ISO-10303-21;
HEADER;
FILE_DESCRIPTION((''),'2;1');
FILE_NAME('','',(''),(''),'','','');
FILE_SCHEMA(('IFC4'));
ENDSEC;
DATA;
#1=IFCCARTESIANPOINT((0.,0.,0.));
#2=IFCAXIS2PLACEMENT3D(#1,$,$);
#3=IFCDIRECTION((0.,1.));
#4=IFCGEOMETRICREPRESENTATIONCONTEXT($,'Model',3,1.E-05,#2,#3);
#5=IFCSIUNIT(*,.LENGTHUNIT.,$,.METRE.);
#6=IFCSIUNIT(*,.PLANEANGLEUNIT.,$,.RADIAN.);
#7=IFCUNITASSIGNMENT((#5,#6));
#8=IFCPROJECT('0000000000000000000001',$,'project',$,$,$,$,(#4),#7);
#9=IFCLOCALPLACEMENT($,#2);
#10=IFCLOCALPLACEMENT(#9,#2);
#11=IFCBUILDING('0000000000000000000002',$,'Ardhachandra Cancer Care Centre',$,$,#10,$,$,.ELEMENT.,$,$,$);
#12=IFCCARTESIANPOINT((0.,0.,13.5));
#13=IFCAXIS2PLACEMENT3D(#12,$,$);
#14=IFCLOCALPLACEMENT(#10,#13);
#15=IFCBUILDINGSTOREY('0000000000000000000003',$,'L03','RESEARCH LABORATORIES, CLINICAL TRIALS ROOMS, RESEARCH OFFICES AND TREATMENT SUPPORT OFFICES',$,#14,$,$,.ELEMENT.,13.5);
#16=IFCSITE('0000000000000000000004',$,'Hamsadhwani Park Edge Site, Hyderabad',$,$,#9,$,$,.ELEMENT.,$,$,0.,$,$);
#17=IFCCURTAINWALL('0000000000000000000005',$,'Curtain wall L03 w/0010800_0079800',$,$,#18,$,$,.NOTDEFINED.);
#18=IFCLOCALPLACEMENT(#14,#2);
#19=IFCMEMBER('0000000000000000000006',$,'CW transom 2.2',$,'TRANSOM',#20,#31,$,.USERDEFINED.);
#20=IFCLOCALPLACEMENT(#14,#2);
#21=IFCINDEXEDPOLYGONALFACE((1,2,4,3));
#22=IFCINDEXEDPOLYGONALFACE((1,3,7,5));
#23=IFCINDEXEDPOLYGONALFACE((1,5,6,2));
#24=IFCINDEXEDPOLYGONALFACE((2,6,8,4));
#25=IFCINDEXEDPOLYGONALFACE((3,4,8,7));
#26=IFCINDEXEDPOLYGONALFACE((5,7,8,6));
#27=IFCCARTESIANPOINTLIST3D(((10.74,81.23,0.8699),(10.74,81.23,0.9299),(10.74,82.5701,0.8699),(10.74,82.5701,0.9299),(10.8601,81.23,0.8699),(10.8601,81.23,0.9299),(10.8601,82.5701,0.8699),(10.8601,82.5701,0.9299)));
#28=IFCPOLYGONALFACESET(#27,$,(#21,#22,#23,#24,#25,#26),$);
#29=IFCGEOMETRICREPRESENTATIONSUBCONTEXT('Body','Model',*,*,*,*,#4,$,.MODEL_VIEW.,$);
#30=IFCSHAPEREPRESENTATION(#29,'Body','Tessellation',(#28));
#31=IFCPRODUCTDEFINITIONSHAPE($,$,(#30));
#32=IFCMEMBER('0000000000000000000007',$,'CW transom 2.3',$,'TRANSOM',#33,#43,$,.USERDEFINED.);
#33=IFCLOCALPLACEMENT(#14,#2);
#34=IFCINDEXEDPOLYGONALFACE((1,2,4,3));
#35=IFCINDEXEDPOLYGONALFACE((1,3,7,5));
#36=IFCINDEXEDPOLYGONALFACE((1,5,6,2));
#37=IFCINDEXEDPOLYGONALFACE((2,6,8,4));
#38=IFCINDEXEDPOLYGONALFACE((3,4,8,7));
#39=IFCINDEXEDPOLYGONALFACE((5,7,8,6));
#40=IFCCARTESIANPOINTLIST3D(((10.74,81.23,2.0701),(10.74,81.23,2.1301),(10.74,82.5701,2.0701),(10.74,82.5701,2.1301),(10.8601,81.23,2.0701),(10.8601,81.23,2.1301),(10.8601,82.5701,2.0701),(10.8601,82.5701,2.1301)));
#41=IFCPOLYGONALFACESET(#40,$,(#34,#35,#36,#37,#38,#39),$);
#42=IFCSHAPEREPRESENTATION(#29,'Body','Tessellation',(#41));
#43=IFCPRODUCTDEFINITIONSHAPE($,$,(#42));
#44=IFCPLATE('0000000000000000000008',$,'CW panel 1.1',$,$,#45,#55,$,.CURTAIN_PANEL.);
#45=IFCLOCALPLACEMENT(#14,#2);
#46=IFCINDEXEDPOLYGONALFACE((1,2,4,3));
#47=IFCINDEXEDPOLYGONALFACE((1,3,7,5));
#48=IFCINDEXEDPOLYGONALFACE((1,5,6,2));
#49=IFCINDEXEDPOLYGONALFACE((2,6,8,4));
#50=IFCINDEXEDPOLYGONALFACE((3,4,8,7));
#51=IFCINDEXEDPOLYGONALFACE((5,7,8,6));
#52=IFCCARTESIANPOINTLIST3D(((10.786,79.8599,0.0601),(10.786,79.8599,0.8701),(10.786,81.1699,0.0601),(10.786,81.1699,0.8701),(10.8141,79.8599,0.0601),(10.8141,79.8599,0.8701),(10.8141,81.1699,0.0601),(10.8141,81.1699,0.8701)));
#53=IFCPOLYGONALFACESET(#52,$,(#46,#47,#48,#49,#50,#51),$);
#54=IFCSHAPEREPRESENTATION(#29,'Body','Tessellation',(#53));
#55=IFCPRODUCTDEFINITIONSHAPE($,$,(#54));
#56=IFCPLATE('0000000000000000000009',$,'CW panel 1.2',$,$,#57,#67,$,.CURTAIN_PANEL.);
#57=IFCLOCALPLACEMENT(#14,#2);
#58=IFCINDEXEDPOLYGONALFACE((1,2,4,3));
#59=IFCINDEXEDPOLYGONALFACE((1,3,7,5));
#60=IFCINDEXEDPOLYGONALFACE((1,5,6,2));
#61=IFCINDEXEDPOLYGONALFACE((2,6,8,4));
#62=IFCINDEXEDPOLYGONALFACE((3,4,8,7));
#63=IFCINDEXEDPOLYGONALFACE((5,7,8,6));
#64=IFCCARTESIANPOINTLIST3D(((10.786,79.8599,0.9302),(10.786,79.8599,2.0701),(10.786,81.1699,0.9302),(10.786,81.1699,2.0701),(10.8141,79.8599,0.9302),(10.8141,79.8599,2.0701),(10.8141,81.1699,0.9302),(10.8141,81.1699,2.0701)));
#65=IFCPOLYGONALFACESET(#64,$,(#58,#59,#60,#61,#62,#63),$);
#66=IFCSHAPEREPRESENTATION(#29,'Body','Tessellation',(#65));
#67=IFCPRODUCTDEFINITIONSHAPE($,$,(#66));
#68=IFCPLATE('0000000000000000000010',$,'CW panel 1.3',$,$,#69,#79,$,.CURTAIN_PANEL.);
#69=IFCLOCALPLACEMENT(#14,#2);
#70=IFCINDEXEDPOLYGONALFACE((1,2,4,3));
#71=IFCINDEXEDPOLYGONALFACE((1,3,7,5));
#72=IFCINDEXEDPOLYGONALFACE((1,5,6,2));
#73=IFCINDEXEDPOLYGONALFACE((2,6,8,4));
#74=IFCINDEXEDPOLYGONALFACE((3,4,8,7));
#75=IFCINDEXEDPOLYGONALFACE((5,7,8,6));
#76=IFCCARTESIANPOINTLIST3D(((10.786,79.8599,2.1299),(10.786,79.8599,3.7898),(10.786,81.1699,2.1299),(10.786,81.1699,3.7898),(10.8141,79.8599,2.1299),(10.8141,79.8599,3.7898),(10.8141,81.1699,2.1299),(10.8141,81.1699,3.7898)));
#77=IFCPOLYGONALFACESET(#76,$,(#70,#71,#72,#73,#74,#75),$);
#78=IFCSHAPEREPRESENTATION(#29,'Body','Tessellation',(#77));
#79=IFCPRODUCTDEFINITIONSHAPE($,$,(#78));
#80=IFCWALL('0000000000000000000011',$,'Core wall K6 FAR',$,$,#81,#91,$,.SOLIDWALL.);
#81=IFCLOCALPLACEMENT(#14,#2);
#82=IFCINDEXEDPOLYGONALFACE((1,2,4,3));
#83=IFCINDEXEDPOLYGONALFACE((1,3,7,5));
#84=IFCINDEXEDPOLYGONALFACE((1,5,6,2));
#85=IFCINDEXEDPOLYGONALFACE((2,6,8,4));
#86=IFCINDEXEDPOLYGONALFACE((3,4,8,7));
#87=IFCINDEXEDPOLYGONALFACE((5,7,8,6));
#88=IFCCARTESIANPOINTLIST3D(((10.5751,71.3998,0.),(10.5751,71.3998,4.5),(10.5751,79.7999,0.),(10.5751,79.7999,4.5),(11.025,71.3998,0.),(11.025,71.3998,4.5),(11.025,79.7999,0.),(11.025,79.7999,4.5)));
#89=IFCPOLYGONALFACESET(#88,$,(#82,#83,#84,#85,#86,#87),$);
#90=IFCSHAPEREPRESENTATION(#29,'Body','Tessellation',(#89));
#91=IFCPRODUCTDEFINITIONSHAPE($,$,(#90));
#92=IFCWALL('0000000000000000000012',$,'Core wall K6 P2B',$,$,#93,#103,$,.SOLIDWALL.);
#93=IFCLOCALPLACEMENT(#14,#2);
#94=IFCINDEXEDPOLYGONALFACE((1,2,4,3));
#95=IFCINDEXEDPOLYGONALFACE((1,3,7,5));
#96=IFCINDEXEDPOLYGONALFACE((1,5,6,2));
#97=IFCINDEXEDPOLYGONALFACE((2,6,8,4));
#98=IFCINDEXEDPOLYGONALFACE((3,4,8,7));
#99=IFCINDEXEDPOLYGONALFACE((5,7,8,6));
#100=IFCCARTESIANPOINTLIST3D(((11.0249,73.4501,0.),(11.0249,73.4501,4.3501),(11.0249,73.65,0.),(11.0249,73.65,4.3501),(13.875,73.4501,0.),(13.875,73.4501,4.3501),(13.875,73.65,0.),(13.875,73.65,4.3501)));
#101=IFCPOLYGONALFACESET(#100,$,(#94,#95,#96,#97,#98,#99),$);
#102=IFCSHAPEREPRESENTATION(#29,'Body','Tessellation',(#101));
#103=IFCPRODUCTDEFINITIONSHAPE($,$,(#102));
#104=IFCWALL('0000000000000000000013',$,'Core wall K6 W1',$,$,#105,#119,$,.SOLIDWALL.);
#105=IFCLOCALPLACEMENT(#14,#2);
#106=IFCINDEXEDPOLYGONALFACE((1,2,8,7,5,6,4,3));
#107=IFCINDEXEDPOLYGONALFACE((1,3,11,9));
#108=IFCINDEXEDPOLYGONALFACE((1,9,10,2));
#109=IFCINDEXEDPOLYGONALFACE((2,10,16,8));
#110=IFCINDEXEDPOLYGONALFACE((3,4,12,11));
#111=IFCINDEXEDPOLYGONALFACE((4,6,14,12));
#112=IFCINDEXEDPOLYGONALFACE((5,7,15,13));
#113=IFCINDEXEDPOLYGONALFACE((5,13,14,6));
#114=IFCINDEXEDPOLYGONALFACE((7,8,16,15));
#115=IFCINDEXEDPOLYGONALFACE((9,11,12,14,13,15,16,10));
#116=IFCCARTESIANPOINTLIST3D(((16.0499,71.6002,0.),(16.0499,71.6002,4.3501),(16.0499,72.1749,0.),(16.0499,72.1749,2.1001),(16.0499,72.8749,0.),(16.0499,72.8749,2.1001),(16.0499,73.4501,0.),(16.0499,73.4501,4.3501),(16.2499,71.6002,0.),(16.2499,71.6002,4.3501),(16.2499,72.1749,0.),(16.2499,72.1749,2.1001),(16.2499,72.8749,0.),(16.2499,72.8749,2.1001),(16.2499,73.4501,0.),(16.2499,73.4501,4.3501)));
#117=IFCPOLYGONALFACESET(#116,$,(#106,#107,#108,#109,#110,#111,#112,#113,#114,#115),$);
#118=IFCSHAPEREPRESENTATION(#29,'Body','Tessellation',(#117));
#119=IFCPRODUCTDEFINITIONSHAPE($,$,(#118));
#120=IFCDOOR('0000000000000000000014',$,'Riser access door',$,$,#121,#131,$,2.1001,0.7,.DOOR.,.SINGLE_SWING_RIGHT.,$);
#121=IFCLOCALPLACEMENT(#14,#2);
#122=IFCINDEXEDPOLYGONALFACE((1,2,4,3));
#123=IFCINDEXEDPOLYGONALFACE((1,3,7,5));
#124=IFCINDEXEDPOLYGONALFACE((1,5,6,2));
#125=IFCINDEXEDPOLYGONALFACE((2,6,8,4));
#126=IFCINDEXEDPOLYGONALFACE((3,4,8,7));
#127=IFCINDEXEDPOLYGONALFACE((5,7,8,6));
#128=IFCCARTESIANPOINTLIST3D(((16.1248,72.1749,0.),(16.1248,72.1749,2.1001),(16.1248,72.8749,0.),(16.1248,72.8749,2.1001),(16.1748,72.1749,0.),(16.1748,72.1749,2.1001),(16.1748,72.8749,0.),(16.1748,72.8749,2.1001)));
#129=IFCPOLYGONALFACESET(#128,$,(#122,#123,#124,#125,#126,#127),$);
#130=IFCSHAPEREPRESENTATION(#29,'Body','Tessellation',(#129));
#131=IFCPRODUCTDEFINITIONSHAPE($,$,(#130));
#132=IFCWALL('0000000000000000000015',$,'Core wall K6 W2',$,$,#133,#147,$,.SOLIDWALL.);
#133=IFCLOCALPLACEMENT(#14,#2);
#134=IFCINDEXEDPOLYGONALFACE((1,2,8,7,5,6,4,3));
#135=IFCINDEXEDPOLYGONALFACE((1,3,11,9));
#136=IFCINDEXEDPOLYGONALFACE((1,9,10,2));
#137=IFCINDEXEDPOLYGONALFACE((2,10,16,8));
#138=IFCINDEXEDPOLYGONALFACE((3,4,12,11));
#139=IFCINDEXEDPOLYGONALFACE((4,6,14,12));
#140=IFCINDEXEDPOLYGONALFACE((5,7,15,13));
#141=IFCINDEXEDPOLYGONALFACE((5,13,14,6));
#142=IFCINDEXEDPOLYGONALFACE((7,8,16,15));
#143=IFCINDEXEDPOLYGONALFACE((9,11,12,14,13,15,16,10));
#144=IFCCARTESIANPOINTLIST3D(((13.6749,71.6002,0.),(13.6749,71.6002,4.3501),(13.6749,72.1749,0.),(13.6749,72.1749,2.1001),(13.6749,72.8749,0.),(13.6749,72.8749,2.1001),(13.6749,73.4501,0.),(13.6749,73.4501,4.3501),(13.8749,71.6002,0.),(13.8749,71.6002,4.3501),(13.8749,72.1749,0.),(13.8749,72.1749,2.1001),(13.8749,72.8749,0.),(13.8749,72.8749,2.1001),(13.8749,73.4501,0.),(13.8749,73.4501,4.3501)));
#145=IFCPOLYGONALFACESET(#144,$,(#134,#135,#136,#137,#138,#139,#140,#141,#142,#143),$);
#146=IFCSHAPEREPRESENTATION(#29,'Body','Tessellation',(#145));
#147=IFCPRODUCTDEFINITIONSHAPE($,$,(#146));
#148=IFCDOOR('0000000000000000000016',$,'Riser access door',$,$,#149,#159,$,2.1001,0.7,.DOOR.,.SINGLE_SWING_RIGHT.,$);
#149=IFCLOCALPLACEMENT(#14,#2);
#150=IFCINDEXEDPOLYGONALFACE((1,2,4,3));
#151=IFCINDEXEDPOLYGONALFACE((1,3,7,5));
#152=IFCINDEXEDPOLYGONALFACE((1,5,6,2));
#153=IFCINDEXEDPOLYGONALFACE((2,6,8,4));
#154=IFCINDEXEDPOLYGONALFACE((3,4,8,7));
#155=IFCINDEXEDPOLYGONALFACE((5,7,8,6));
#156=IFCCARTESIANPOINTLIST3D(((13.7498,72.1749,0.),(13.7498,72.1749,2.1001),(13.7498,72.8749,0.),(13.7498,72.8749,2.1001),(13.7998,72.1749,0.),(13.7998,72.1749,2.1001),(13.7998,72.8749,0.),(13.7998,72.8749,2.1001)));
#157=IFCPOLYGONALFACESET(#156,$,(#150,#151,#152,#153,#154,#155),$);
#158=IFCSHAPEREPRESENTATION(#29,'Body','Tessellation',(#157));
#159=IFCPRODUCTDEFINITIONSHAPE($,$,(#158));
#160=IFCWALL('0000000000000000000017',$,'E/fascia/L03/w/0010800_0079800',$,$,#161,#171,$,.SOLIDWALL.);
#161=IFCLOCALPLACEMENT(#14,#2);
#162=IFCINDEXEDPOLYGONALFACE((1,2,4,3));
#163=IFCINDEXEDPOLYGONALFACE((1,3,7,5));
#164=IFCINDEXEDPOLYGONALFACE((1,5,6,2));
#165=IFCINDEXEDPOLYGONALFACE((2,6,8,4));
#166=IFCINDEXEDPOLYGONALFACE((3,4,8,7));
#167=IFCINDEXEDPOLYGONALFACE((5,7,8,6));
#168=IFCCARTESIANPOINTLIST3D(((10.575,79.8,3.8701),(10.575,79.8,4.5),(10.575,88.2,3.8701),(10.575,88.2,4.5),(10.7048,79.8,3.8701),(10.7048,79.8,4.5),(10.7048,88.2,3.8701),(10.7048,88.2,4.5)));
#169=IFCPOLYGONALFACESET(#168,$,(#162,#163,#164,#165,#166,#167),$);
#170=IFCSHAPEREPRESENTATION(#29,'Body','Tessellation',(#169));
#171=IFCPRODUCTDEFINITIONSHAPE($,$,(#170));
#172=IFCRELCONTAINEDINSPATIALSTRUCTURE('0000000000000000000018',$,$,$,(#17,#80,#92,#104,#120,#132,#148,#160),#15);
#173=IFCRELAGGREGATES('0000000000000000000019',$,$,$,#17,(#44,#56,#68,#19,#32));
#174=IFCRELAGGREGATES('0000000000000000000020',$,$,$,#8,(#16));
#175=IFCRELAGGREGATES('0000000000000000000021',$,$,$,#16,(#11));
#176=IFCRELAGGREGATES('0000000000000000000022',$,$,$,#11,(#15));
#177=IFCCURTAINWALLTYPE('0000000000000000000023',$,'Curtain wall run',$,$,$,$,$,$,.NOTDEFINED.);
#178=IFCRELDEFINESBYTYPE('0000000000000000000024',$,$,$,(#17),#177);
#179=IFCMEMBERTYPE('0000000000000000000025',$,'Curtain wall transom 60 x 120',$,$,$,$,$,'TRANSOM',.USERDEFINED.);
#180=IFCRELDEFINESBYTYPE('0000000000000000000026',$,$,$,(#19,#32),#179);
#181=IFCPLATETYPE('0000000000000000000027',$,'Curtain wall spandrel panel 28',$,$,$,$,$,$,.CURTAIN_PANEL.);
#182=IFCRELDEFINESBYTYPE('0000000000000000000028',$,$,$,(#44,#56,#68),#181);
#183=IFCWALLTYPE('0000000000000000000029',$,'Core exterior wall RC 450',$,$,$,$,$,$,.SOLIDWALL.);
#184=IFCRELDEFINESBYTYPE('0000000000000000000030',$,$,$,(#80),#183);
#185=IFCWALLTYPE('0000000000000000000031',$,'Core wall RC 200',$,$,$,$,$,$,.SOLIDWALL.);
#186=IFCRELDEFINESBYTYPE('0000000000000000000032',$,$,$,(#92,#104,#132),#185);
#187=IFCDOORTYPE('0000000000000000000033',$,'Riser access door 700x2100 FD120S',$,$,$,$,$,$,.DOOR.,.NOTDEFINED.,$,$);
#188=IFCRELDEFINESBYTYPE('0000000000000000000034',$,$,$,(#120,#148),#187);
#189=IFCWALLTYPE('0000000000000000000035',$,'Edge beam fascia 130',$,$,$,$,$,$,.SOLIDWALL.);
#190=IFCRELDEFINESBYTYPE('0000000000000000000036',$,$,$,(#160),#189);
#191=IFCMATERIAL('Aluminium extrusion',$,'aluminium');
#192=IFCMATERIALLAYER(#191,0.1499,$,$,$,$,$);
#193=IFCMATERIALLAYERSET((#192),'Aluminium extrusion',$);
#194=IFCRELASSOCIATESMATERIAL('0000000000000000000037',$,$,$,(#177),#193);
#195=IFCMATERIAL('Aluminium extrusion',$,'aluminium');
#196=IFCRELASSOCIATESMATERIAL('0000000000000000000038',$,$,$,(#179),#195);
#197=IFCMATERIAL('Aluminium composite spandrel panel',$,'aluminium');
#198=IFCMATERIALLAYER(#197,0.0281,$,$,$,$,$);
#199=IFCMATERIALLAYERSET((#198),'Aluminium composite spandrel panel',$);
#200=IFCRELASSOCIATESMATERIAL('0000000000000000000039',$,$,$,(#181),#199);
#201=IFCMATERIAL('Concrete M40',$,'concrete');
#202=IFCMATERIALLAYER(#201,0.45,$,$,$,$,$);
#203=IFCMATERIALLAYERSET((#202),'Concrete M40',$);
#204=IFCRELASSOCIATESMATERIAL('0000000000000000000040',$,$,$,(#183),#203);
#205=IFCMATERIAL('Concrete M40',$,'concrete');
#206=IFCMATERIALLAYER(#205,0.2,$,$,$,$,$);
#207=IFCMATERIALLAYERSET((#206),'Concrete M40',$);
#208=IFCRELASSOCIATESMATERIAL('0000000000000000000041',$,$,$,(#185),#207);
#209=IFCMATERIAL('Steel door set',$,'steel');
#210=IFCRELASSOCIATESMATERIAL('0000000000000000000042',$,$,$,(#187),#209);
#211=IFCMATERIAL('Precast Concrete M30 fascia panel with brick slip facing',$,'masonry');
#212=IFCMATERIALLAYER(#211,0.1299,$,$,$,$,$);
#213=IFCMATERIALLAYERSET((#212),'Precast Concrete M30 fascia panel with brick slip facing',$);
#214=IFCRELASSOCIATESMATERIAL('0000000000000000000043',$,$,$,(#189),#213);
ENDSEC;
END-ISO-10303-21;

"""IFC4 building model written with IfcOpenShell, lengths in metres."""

from ifc_helpers import new_model, si_unit, direction, frame, frame_2d, origin, origin_2d, place, context, subcontext, project, spatial, rectangle, extrude, material, layer, layer_set, material_profile, profile_set, type_object, element, fill, aggregate, save


model = new_model("IFC4")

# Units and contexts
model_context = context("Model", 3, precision=1e-05, world=origin(), true_north=direction((0.0, 1.0)))
body_context = subcontext(model_context, "Body", "Model", "MODEL_VIEW")
ifc_project = project(units=[si_unit("LENGTHUNIT", "METRE"), si_unit("PLANEANGLEUNIT", "RADIAN")], contexts=[model_context])

# Site, building, storey
site_placement = place(None, origin())
site = spatial("IfcSite", under=ifc_project, at=site_placement, Name="Hamsadhwani Park Edge Site, Hyderabad", CompositionType="ELEMENT", RefElevation=0.0)
building_placement = place(site_placement, origin())
building = spatial("IfcBuilding", under=site, at=building_placement, Name="Ardhachandra Cancer Care Centre", CompositionType="ELEMENT")
storey_placement = place(building_placement, frame((0.0, 0.0, 13.5)))
storey = spatial("IfcBuildingStorey", under=building, at=storey_placement, Name="L03", Description="RESEARCH LABORATORIES, CLINICAL TRIALS ROOMS, RESEARCH OFFICES AND TREATMENT SUPPORT OFFICES", CompositionType="ELEMENT", Elevation=13.5)

# Curtain wall, members, plates
ifc_material_1 = material(Name="Aluminium extrusion", Category="aluminium")
ifc_layer_1 = layer(ifc_material_1, 0.1499)
ifc_layer_set_1 = layer_set([ifc_layer_1], Name="Aluminium extrusion")
curtain_wall_type = type_object("IfcCurtainWallType", Name="Curtain wall run", PredefinedType="NOTDEFINED", material=ifc_layer_set_1)
curtain_wall_placement = place(storey_placement, origin())
curtain_wall = element("IfcCurtainWall", 1, at=curtain_wall_placement, inside=storey, type_object=curtain_wall_type, Name="Curtain wall L03 w/0010800_0079800", PredefinedType="NOTDEFINED")
ifc_material_2 = material(Name="Aluminium extrusion", Category="aluminium")
ifc_material_profile_1 = material_profile(ifc_material_2, rectangle(XDim=0.1201, YDim=0.0601, at=origin_2d()), Name="Curtain wall transom 60 x 120")
ifc_profile_set_1 = profile_set([ifc_material_profile_1], Name="Aluminium extrusion")
member_type_1 = type_object("IfcMemberType", Name="Curtain wall transom 60 x 120", ElementType="TRANSOM", PredefinedType="USERDEFINED", material=ifc_profile_set_1)
member_1_placement = place(storey_placement, frame((10.8, 81.23, 0.8999), z_axis=(0.0, 1.0, 0.0), x_axis=(-1.0, 0.0, 0.0)))
member_1 = element("IfcMember", 2, at=member_1_placement, type_object=member_type_1, Name="CW transom 2.2", ObjectType="TRANSOM", PredefinedType="USERDEFINED", context=body_context, shape_type="SweptSolid", body=[
    extrude(rectangle(XDim=0.1201, YDim=0.0601, at=origin_2d()), origin(), (0.0, 0.0, 1.0), 1.3401),
])
member_2_placement = place(storey_placement, frame((10.8, 81.23, 2.1001), z_axis=(0.0, 1.0, 0.0), x_axis=(-1.0, 0.0, 0.0)))
member_2 = element("IfcMember", 3, at=member_2_placement, type_object=member_type_1, Name="CW transom 2.3", ObjectType="TRANSOM", PredefinedType="USERDEFINED", context=body_context, shape_type="SweptSolid", body=[
    extrude(rectangle(XDim=0.1201, YDim=0.0601, at=origin_2d()), origin(), (0.0, 0.0, 1.0), 1.3401),
])
ifc_material_3 = material(Name="Aluminium composite spandrel panel", Category="aluminium")
ifc_layer_2 = layer(ifc_material_3, 0.0281)
ifc_layer_set_2 = layer_set([ifc_layer_2], Name="Aluminium composite spandrel panel")
plate_type = type_object("IfcPlateType", Name="Curtain wall spandrel panel 28", PredefinedType="CURTAIN_PANEL", material=ifc_layer_set_2)
plate_1_placement = place(storey_placement, frame((10.8, 80.5149, 0.0601), z_axis=(0.0, 0.0, 1.0), x_axis=(0.0, 1.0, 0.0)))
plate_1 = element("IfcPlate", 4, at=plate_1_placement, type_object=plate_type, Name="CW panel 1.1", PredefinedType="CURTAIN_PANEL", context=body_context, shape_type="SweptSolid", body=[
    extrude(rectangle(XDim=1.3101, YDim=0.0281, at=origin_2d()), origin(), (0.0, 0.0, 1.0), 0.8101),
])
plate_2_placement = place(storey_placement, frame((10.8, 80.5149, 0.9302), z_axis=(0.0, 0.0, 1.0), x_axis=(0.0, 1.0, 0.0)))
plate_2 = element("IfcPlate", 5, at=plate_2_placement, type_object=plate_type, Name="CW panel 1.2", PredefinedType="CURTAIN_PANEL", context=body_context, shape_type="SweptSolid", body=[
    extrude(rectangle(XDim=1.3101, YDim=0.0281, at=origin_2d()), origin(), (0.0, 0.0, 1.0), 1.1399),
])
plate_3_placement = place(storey_placement, frame((10.8, 80.5149, 2.1299), z_axis=(0.0, 0.0, 1.0), x_axis=(0.0, 1.0, 0.0)))
plate_3 = element("IfcPlate", 6, at=plate_3_placement, type_object=plate_type, Name="CW panel 1.3", PredefinedType="CURTAIN_PANEL", context=body_context, shape_type="SweptSolid", body=[
    extrude(rectangle(XDim=1.3101, YDim=0.0281, at=origin_2d()), origin(), (0.0, 0.0, 1.0), 1.6599),
])
aggregate(curtain_wall, [plate_1, plate_2, plate_3, member_1, member_2])

# Walls
ifc_material_4 = material(Name="Concrete M40", Category="concrete")
ifc_layer_3 = layer(ifc_material_4, 0.45)
ifc_layer_set_3 = layer_set([ifc_layer_3], Name="Concrete M40")
wall_type_1 = type_object("IfcWallType", Name="Core exterior wall RC 450", PredefinedType="SOLIDWALL", material=ifc_layer_set_3)
wall_1_placement = place(storey_placement, frame((10.8, 79.8, 0.0), z_axis=(0.0, 0.0, 1.0), x_axis=(0.0, -1.0, 0.0)))
element("IfcWall", 7, at=wall_1_placement, inside=storey, type_object=wall_type_1, Name="Core wall K6 FAR", PredefinedType="SOLIDWALL", context=body_context, shape_type="SweptSolid", body=[
    extrude(rectangle(XDim=8.4001, YDim=0.45, at=frame_2d((4.2002, 0.0))), origin(), (0.0, 0.0, 1.0), 4.5),
])
ifc_material_5 = material(Name="Concrete M40", Category="concrete")
ifc_layer_4 = layer(ifc_material_5, 0.2)
ifc_layer_set_4 = layer_set([ifc_layer_4], Name="Concrete M40")
wall_type_2 = type_object("IfcWallType", Name="Core wall RC 200", PredefinedType="SOLIDWALL", material=ifc_layer_set_4)
wall_2_placement = place(storey_placement, frame((13.875, 73.55, 0.0), z_axis=(0.0, 0.0, 1.0), x_axis=(-1.0, 0.0, 0.0)))
element("IfcWall", 8, at=wall_2_placement, inside=storey, type_object=wall_type_2, Name="Core wall K6 P2B", PredefinedType="SOLIDWALL", context=body_context, shape_type="SweptSolid", body=[
    extrude(rectangle(XDim=2.8501, YDim=0.2, at=frame_2d((1.425, 0.0))), origin(), (0.0, 0.0, 1.0), 4.3501),
])

# Walls, openings, doors
wall_3_placement = place(storey_placement, frame((16.1499, 73.45, 0.0), z_axis=(0.0, 0.0, 1.0), x_axis=(0.0, -1.0, 0.0)))
wall_3 = element("IfcWall", 9, at=wall_3_placement, inside=storey, type_object=wall_type_2, Name="Core wall K6 W1", PredefinedType="SOLIDWALL", context=body_context, shape_type="SweptSolid", body=[
    extrude(rectangle(XDim=1.8499, YDim=0.2, at=frame_2d((0.9248, 0.0))), origin(), (0.0, 0.0, 1.0), 4.3501),
])
opening_1_placement = place(wall_3_placement, frame((0.575, 0.0, 0.0)))
opening_1 = element("IfcOpeningElement", 10, at=opening_1_placement, cuts=wall_3, PredefinedType="OPENING", context=body_context, shape_type="SweptSolid", body=[
    extrude(rectangle(XDim=0.7, YDim=2.1001, at=frame_2d((0.3501, 1.05))), frame((0.0, 0.1099, 0.0), z_axis=(0.0, -1.0, 0.0), x_axis=(1.0, 0.0, 0.0)), (0.0, 0.0, 1.0), 0.22),
])
ifc_material_6 = material(Name="Steel door set", Category="steel")
door_type = type_object("IfcDoorType", Name="Riser access door 700x2100 FD120S", OperationType="NOTDEFINED", PredefinedType="DOOR", material=ifc_material_6)
door_1_placement = place(opening_1_placement, origin())
door_1 = element("IfcDoor", 11, at=door_1_placement, inside=storey, type_object=door_type, Name="Riser access door", OperationType="SINGLE_SWING_RIGHT", OverallHeight=2.1001, OverallWidth=0.7, PredefinedType="DOOR", context=body_context, shape_type="SweptSolid", body=[
    extrude(rectangle(XDim=0.7, YDim=2.1001, at=frame_2d((0.3501, 1.05))), frame((0.0, 0.0249, 0.0), z_axis=(0.0, -1.0, 0.0), x_axis=(1.0, 0.0, 0.0)), (0.0, 0.0, 1.0), 0.05),
])
fill(opening_1, door_1)
wall_4_placement = place(storey_placement, frame((13.7749, 73.45, 0.0), z_axis=(0.0, 0.0, 1.0), x_axis=(0.0, -1.0, 0.0)))
wall_4 = element("IfcWall", 12, at=wall_4_placement, inside=storey, type_object=wall_type_2, Name="Core wall K6 W2", PredefinedType="SOLIDWALL", context=body_context, shape_type="SweptSolid", body=[
    extrude(rectangle(XDim=1.8499, YDim=0.2, at=frame_2d((0.9248, 0.0))), origin(), (0.0, 0.0, 1.0), 4.3501),
])
opening_2_placement = place(wall_4_placement, frame((0.575, 0.0, 0.0)))
opening_2 = element("IfcOpeningElement", 13, at=opening_2_placement, cuts=wall_4, PredefinedType="OPENING", context=body_context, shape_type="SweptSolid", body=[
    extrude(rectangle(XDim=0.7, YDim=2.1001, at=frame_2d((0.3501, 1.05))), frame((0.0, 0.1099, 0.0), z_axis=(0.0, -1.0, 0.0), x_axis=(1.0, 0.0, 0.0)), (0.0, 0.0, 1.0), 0.22),
])
door_2_placement = place(opening_2_placement, origin())
door_2 = element("IfcDoor", 14, at=door_2_placement, inside=storey, type_object=door_type, Name="Riser access door", OperationType="SINGLE_SWING_RIGHT", OverallHeight=2.1001, OverallWidth=0.7, PredefinedType="DOOR", context=body_context, shape_type="SweptSolid", body=[
    extrude(rectangle(XDim=0.7, YDim=2.1001, at=frame_2d((0.3501, 1.05))), frame((0.0, 0.0249, 0.0), z_axis=(0.0, -1.0, 0.0), x_axis=(1.0, 0.0, 0.0)), (0.0, 0.0, 1.0), 0.05),
])
fill(opening_2, door_2)

# Wall
ifc_material_7 = material(Name="Precast Concrete M30 fascia panel with brick slip facing", Category="masonry")
ifc_layer_5 = layer(ifc_material_7, 0.1299)
ifc_layer_set_5 = layer_set([ifc_layer_5], Name="Precast Concrete M30 fascia panel with brick slip facing")
wall_type_3 = type_object("IfcWallType", Name="Edge beam fascia 130", PredefinedType="SOLIDWALL", material=ifc_layer_set_5)
wall_5_placement = place(storey_placement, frame((10.6399, 79.8, 3.8701), z_axis=(0.0, 0.0, 1.0), x_axis=(0.0, 1.0, 0.0)))
element("IfcWall", 15, at=wall_5_placement, inside=storey, type_object=wall_type_3, Name="E/fascia/L03/w/0010800_0079800", PredefinedType="SOLIDWALL", context=body_context, shape_type="SweptSolid", body=[
    extrude(rectangle(XDim=8.3999, YDim=0.1299, at=frame_2d((4.2, 0.0))), origin(), (0.0, 0.0, 1.0), 0.6299),
])

save(model, "model.ifc")
